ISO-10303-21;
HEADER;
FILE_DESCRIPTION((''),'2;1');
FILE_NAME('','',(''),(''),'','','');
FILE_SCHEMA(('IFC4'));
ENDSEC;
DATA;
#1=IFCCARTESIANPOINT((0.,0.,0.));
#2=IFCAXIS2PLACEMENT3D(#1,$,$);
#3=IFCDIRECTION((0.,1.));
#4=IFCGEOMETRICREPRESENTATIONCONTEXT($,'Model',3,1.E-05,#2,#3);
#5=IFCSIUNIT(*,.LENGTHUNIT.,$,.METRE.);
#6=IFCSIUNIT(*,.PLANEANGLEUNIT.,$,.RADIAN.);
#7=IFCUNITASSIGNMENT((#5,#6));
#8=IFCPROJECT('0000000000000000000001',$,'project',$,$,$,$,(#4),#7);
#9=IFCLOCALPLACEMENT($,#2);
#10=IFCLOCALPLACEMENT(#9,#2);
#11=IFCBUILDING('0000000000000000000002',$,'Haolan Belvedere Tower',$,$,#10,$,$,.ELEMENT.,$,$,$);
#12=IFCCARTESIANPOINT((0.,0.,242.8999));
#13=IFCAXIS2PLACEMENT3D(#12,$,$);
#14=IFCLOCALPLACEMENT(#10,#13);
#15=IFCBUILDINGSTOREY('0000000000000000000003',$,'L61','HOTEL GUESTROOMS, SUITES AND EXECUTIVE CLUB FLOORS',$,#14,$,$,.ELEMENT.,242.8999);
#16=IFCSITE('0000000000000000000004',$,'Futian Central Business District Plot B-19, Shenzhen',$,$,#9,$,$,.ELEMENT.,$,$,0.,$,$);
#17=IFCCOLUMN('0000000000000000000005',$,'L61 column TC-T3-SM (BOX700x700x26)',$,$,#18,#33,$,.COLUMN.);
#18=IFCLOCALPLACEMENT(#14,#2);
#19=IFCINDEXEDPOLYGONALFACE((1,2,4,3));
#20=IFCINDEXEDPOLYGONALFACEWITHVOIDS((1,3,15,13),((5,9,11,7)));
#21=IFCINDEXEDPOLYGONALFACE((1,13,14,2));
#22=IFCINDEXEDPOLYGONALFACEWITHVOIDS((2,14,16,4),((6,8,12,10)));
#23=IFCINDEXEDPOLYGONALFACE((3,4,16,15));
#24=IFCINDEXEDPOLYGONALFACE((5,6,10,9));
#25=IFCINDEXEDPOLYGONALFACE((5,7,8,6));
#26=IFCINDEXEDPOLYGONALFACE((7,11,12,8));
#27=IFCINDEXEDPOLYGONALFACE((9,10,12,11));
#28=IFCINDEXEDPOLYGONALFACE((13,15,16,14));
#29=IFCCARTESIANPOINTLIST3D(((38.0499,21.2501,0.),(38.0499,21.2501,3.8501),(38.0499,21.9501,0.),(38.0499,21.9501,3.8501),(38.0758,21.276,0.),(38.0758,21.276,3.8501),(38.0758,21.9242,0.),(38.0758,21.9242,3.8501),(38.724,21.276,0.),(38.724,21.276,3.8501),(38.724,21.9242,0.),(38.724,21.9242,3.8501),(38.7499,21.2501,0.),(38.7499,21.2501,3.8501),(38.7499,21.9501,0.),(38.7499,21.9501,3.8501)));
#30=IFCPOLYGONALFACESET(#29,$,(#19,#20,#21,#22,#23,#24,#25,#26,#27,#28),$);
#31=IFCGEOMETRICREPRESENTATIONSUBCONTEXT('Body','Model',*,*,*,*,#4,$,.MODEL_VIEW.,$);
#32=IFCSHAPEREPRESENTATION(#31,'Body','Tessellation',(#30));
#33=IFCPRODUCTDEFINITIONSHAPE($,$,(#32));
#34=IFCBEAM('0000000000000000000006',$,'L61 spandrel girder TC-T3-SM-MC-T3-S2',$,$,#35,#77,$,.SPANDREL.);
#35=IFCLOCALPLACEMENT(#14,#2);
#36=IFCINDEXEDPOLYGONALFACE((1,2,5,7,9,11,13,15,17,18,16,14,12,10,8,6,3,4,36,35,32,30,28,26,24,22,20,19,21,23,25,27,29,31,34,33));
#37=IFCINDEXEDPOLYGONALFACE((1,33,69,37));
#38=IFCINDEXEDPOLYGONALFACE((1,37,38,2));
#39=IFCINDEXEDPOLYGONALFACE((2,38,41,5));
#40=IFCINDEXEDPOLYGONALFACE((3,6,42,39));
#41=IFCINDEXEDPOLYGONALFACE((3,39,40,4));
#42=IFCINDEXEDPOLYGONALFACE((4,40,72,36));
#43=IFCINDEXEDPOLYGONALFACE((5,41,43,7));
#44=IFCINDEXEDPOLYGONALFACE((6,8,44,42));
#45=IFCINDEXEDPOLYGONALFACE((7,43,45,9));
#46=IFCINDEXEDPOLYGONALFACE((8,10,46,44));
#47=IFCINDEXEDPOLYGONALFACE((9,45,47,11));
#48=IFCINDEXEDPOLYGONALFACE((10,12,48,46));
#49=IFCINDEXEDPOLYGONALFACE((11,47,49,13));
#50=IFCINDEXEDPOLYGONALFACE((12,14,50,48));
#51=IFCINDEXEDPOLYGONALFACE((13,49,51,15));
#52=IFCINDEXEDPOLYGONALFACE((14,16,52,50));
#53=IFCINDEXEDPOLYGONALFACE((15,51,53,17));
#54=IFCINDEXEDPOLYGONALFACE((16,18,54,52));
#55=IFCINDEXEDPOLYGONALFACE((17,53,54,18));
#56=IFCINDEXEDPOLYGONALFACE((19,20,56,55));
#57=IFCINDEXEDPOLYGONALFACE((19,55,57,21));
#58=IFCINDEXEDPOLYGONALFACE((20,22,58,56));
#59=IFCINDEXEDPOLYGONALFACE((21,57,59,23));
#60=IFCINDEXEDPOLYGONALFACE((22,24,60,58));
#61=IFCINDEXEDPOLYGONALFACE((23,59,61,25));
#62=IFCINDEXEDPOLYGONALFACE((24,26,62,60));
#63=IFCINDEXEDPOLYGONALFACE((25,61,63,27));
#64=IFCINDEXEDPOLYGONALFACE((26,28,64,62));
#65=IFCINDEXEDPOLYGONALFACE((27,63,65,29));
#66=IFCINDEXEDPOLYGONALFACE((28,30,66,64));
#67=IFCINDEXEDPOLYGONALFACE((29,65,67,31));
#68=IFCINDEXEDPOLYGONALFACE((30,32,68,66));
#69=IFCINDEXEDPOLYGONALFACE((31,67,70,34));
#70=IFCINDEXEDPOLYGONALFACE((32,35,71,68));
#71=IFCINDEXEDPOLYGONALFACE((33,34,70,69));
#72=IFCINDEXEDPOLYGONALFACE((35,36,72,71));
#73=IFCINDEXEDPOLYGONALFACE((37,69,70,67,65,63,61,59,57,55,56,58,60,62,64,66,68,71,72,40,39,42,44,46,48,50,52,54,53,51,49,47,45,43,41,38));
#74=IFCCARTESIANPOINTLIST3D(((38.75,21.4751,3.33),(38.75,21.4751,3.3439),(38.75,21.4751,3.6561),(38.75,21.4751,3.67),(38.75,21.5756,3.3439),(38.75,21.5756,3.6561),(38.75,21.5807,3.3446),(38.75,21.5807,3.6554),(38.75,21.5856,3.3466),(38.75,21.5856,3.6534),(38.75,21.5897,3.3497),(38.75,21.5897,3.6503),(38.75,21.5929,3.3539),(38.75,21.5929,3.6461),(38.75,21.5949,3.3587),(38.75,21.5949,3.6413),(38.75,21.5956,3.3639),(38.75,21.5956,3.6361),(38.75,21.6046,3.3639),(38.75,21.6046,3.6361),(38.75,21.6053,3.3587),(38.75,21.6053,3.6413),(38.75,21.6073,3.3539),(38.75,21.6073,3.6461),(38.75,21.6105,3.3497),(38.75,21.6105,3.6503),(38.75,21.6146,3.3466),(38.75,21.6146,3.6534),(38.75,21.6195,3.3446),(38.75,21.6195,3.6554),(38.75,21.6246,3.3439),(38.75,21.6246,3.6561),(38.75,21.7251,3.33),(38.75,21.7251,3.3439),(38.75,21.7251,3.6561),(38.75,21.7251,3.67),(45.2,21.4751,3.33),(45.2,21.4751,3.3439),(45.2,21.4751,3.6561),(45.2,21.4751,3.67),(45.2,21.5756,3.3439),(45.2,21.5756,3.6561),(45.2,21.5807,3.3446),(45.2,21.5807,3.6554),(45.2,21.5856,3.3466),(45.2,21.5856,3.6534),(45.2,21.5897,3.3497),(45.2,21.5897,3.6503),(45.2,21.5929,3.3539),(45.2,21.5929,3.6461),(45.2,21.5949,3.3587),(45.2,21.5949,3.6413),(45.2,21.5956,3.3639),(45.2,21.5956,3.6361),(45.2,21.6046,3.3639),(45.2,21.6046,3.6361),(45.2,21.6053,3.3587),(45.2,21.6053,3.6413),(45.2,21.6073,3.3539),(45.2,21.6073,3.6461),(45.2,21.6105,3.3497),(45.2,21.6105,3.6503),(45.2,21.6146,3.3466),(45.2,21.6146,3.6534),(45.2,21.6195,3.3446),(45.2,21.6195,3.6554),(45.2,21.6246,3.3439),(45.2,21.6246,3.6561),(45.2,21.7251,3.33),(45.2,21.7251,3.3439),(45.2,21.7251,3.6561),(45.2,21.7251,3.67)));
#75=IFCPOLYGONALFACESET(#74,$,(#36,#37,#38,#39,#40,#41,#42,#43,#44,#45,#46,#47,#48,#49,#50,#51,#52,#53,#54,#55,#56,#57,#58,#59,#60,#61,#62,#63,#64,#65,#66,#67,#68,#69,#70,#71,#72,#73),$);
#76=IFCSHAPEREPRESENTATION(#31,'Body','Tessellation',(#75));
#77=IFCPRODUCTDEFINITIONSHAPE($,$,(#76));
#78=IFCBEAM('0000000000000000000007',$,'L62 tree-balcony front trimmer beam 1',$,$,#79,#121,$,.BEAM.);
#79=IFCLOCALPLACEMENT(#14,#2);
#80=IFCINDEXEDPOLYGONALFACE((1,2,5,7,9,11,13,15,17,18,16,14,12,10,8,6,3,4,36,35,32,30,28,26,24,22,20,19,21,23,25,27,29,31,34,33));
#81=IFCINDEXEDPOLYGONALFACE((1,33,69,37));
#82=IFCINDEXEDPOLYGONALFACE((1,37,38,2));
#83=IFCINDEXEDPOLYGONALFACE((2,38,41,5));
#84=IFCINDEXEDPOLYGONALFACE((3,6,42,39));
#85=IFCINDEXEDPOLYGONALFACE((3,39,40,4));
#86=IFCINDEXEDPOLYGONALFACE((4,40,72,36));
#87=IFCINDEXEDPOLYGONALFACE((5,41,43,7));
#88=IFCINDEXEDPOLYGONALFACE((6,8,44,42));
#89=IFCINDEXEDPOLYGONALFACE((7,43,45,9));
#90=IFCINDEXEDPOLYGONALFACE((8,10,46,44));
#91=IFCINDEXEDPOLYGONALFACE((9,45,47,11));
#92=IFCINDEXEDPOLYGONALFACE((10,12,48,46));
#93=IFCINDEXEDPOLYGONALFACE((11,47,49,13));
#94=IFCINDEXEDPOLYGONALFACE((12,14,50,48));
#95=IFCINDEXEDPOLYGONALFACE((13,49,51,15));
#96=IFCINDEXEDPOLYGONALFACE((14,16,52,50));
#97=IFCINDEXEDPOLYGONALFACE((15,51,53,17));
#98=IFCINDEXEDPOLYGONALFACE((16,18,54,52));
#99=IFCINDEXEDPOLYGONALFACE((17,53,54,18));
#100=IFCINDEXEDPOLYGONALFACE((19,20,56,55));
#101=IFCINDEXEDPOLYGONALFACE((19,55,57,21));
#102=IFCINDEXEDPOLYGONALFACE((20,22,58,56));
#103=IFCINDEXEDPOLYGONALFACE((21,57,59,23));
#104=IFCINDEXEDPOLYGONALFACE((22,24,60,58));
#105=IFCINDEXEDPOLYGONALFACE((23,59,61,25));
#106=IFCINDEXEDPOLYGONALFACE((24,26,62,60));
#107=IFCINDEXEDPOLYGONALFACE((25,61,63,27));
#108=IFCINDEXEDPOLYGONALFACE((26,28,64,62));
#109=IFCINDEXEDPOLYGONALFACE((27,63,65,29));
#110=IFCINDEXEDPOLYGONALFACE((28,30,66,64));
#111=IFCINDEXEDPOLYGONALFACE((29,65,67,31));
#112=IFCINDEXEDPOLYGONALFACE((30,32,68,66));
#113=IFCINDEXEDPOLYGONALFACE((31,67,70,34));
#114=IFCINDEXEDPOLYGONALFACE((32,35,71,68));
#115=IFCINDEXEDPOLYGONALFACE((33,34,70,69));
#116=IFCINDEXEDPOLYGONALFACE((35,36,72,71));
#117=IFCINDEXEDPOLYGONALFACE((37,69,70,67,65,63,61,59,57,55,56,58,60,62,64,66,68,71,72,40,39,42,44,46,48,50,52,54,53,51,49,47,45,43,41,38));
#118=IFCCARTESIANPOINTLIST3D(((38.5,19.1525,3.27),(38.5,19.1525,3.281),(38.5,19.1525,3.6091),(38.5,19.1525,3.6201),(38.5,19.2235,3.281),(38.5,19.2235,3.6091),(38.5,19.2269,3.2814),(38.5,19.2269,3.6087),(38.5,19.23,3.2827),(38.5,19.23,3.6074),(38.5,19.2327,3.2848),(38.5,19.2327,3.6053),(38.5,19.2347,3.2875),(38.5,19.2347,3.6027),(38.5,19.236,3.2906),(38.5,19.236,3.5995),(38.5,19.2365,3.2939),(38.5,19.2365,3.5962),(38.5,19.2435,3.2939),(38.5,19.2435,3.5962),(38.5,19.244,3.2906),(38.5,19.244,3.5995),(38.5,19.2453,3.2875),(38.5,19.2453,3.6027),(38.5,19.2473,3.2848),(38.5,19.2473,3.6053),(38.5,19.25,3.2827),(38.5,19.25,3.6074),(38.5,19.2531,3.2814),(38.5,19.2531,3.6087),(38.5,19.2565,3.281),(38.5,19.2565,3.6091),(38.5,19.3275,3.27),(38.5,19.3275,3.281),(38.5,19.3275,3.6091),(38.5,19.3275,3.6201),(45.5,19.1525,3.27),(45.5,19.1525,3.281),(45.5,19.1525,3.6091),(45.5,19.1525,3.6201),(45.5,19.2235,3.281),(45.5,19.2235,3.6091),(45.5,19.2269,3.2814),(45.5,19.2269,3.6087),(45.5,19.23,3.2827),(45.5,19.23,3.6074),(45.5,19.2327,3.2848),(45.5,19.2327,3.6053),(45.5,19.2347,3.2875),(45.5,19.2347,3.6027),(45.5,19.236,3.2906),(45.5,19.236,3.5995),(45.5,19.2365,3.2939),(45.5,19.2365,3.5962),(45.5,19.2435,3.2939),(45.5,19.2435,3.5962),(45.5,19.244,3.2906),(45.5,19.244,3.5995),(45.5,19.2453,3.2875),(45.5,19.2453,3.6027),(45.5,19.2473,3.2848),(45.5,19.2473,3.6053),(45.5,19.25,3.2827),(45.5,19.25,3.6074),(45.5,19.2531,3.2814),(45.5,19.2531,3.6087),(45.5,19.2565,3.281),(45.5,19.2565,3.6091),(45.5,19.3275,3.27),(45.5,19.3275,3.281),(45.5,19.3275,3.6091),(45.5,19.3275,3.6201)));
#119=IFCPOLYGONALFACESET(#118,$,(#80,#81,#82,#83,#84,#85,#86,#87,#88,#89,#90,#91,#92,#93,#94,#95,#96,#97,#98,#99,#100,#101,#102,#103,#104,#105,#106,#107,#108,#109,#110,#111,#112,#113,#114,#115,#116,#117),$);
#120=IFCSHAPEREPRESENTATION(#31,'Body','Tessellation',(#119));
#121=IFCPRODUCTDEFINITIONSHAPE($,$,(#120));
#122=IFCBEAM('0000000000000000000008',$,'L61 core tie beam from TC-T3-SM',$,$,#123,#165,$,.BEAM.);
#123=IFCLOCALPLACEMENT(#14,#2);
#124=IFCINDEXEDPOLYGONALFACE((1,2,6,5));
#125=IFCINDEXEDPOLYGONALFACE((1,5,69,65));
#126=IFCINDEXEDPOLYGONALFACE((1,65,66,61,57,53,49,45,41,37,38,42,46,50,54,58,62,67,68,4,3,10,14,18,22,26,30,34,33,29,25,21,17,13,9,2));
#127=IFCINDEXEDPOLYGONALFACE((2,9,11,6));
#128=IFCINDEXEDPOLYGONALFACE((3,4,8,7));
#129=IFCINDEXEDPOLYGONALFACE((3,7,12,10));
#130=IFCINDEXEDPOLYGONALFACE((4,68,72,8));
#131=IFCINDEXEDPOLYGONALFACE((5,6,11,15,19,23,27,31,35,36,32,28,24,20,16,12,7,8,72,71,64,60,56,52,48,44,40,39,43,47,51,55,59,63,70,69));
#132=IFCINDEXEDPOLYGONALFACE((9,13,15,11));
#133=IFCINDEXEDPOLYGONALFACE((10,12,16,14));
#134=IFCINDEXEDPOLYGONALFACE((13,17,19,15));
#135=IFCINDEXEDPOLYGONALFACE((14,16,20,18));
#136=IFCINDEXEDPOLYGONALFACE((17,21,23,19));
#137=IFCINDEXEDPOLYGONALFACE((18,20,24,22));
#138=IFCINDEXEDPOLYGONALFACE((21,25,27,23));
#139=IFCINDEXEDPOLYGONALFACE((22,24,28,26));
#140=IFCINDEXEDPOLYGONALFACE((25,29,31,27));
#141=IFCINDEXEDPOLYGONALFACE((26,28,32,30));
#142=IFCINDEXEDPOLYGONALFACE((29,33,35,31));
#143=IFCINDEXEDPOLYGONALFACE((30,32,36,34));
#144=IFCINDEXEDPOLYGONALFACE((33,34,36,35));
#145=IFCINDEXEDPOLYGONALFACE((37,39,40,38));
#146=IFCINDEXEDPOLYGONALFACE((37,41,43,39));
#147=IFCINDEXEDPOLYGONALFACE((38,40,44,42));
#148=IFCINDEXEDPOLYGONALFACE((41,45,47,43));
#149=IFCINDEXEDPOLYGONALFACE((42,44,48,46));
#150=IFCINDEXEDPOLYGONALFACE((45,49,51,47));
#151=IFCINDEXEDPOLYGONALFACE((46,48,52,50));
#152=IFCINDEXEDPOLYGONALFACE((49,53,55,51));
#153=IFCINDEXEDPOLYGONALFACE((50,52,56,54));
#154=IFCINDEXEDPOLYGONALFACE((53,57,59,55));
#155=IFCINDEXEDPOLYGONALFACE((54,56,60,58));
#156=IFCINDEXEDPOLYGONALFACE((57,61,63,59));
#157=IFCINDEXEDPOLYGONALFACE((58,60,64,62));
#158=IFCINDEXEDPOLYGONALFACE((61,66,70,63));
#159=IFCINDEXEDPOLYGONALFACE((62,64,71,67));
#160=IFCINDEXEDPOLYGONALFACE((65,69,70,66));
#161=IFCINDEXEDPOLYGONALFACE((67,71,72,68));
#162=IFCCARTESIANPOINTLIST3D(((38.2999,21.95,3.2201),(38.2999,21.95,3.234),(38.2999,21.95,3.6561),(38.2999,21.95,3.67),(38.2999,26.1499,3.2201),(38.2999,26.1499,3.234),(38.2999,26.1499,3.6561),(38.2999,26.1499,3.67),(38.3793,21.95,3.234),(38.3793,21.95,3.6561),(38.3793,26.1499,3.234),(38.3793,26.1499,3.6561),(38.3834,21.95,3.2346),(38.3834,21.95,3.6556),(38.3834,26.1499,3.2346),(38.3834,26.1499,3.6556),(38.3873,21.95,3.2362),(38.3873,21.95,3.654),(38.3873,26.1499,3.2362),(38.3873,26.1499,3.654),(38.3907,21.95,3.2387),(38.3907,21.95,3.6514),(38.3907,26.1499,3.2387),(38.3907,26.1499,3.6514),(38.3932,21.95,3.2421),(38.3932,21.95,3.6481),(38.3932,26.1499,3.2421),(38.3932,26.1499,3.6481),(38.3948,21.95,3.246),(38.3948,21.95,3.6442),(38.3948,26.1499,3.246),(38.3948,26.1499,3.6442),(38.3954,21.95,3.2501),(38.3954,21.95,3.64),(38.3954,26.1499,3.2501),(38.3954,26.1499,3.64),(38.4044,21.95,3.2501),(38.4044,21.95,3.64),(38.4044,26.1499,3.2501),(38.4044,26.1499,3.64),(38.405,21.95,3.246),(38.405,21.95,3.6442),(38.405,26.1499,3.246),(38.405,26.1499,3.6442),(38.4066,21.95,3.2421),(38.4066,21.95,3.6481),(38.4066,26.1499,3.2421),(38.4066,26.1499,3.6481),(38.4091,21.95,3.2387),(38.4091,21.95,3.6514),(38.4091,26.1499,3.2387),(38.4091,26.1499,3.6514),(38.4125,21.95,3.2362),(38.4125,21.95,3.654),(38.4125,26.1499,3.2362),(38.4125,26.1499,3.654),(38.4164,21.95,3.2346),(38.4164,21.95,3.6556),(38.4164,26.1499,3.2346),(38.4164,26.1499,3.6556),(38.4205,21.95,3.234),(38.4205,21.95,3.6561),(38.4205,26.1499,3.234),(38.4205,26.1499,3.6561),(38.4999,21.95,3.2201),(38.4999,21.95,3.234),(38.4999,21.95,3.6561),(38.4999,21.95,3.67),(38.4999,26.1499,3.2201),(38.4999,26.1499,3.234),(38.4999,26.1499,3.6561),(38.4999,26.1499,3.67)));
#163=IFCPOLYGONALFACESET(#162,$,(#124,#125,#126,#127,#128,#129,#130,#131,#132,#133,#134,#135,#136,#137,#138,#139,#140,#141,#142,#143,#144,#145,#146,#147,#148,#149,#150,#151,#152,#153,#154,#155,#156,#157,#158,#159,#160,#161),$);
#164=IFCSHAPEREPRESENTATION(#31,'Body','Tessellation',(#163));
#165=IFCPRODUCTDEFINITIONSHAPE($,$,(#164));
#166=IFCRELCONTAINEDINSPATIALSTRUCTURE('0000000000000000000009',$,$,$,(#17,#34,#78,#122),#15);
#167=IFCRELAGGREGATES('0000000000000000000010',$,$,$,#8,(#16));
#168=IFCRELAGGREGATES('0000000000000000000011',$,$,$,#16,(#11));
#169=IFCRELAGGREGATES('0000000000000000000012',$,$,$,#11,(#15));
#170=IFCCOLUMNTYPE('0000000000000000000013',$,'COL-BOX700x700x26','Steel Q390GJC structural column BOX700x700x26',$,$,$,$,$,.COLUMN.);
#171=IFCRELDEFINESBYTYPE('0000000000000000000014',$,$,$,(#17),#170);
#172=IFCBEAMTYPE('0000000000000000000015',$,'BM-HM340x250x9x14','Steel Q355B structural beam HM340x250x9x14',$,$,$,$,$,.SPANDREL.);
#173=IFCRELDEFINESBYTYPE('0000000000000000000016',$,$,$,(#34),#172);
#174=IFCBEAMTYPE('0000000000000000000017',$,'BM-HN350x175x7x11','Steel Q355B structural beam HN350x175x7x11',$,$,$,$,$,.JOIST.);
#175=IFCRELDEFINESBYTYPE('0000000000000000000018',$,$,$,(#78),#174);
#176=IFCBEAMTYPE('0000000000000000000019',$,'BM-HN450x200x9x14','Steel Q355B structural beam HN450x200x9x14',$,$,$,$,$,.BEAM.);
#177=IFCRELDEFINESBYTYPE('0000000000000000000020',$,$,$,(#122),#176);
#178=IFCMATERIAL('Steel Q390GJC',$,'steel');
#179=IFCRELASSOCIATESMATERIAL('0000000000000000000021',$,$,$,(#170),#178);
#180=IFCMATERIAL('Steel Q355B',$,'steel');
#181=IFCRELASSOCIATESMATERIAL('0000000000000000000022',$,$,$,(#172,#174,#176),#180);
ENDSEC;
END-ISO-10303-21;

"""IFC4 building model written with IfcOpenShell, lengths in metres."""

from ifc_helpers import new_model, si_unit, direction, frame, origin, origin_2d, place, context, subcontext, project, spatial, hollow_rectangle, i_section, extrude, material, material_profile, profile_set, type_object, element, save


model = new_model("IFC4")

# Units and contexts
model_context = context("Model", 3, precision=1e-05, world=origin(), true_north=direction((0.0, 1.0)))
body_context = subcontext(model_context, "Body", "Model", "MODEL_VIEW")
ifc_project = project(units=[si_unit("LENGTHUNIT", "METRE"), si_unit("PLANEANGLEUNIT", "RADIAN")], contexts=[model_context])

# Site, building, storey
site_placement = place(None, origin())
site = spatial("IfcSite", under=ifc_project, at=site_placement, Name="Futian Central Business District Plot B-19, Shenzhen", CompositionType="ELEMENT", RefElevation=0.0)
building_placement = place(site_placement, origin())
building = spatial("IfcBuilding", under=site, at=building_placement, Name="Haolan Belvedere Tower", CompositionType="ELEMENT")
storey_placement = place(building_placement, frame((0.0, 0.0, 242.8999)))
storey = spatial("IfcBuildingStorey", under=building, at=storey_placement, Name="L61", Description="HOTEL GUESTROOMS, SUITES AND EXECUTIVE CLUB FLOORS", CompositionType="ELEMENT", Elevation=242.8999)

# Column
ifc_material_1 = material(Name="Steel Q390GJC", Category="steel")
ifc_material_profile_1 = material_profile(ifc_material_1, hollow_rectangle(XDim=0.7, YDim=0.7, WallThickness=0.0259, at=origin_2d()), Name="Steel Q390GJC")
ifc_profile_set_1 = profile_set([ifc_material_profile_1], Name="Steel Q390GJC")
column_type = type_object("IfcColumnType", Name="COL-BOX700x700x26", Description="Steel Q390GJC structural column BOX700x700x26", PredefinedType="COLUMN", material=ifc_profile_set_1)
column_placement = place(storey_placement, frame((38.3999, 21.6001, 0.0), z_axis=(0.0, 0.0, 1.0), x_axis=(1.0, 0.0, 0.0)))
element("IfcColumn", 1, at=column_placement, inside=storey, type_object=column_type, Name="L61 column TC-T3-SM (BOX700x700x26)", PredefinedType="COLUMN", context=body_context, shape_type="SweptSolid", body=[
    extrude(hollow_rectangle(XDim=0.7, YDim=0.7, WallThickness=0.0259, at=origin_2d()), origin(), (0.0, 0.0, 1.0), 3.8501),
])

# Beams
ifc_material_2 = material(Name="Steel Q355B", Category="steel")
ifc_material_profile_2 = material_profile(ifc_material_2, i_section(OverallWidth=0.25, OverallDepth=0.3401, WebThickness=0.009, FlangeThickness=0.0139, FilletRadius=0.02, at=origin_2d()), Name="Steel Q355B")
ifc_profile_set_2 = profile_set([ifc_material_profile_2], Name="Steel Q355B")
beam_type_1 = type_object("IfcBeamType", Name="BM-HM340x250x9x14", Description="Steel Q355B structural beam HM340x250x9x14", PredefinedType="SPANDREL", material=ifc_profile_set_2)
beam_1_placement = place(storey_placement, frame((38.75, 21.6001, 3.5), z_axis=(1.0, 0.0, 0.0), x_axis=(0.0, 1.0, 0.0)))
element("IfcBeam", 2, at=beam_1_placement, inside=storey, type_object=beam_type_1, Name="L61 spandrel girder TC-T3-SM-MC-T3-S2", PredefinedType="SPANDREL", context=body_context, shape_type="SweptSolid", body=[
    extrude(i_section(OverallWidth=0.25, OverallDepth=0.3401, WebThickness=0.009, FlangeThickness=0.0139, FilletRadius=0.02, at=origin_2d()), origin(), (0.0, 0.0, 1.0), 6.45),
])
ifc_material_profile_3 = material_profile(ifc_material_2, i_section(OverallWidth=0.175, OverallDepth=0.3501, WebThickness=0.0071, FlangeThickness=0.011, FilletRadius=0.0129, at=origin_2d()), Name="Steel Q355B")
ifc_profile_set_3 = profile_set([ifc_material_profile_3], Name="Steel Q355B")
beam_type_2 = type_object("IfcBeamType", Name="BM-HN350x175x7x11", Description="Steel Q355B structural beam HN350x175x7x11", PredefinedType="JOIST", material=ifc_profile_set_3)
beam_2_placement = place(storey_placement, frame((38.5, 19.24, 3.4451), z_axis=(1.0, 0.0, 0.0), x_axis=(0.0, 1.0, 0.0)))
element("IfcBeam", 3, at=beam_2_placement, inside=storey, type_object=beam_type_2, Name="L62 tree-balcony front trimmer beam 1", PredefinedType="BEAM", context=body_context, shape_type="SweptSolid", body=[
    extrude(i_section(OverallWidth=0.175, OverallDepth=0.3501, WebThickness=0.0071, FlangeThickness=0.011, FilletRadius=0.0129, at=origin_2d()), origin(), (0.0, 0.0, 1.0), 7.0),
])
ifc_material_profile_4 = material_profile(ifc_material_2, i_section(OverallWidth=0.2, OverallDepth=0.45, WebThickness=0.009, FlangeThickness=0.0139, FilletRadius=0.0161, at=origin_2d()), Name="Steel Q355B")
ifc_profile_set_4 = profile_set([ifc_material_profile_4], Name="Steel Q355B")
beam_type_3 = type_object("IfcBeamType", Name="BM-HN450x200x9x14", Description="Steel Q355B structural beam HN450x200x9x14", PredefinedType="BEAM", material=ifc_profile_set_4)
beam_3_placement = place(storey_placement, frame((38.3999, 21.95, 3.4451), z_axis=(0.0, 1.0, 0.0), x_axis=(-1.0, 0.0, 0.0)))
element("IfcBeam", 4, at=beam_3_placement, inside=storey, type_object=beam_type_3, Name="L61 core tie beam from TC-T3-SM", PredefinedType="BEAM", context=body_context, shape_type="SweptSolid", body=[
    extrude(i_section(OverallWidth=0.2, OverallDepth=0.45, WebThickness=0.009, FlangeThickness=0.0139, FilletRadius=0.0161, at=origin_2d()), origin(), (0.0, 0.0, 1.0), 4.2),
])

save(model, "model.ifc")
